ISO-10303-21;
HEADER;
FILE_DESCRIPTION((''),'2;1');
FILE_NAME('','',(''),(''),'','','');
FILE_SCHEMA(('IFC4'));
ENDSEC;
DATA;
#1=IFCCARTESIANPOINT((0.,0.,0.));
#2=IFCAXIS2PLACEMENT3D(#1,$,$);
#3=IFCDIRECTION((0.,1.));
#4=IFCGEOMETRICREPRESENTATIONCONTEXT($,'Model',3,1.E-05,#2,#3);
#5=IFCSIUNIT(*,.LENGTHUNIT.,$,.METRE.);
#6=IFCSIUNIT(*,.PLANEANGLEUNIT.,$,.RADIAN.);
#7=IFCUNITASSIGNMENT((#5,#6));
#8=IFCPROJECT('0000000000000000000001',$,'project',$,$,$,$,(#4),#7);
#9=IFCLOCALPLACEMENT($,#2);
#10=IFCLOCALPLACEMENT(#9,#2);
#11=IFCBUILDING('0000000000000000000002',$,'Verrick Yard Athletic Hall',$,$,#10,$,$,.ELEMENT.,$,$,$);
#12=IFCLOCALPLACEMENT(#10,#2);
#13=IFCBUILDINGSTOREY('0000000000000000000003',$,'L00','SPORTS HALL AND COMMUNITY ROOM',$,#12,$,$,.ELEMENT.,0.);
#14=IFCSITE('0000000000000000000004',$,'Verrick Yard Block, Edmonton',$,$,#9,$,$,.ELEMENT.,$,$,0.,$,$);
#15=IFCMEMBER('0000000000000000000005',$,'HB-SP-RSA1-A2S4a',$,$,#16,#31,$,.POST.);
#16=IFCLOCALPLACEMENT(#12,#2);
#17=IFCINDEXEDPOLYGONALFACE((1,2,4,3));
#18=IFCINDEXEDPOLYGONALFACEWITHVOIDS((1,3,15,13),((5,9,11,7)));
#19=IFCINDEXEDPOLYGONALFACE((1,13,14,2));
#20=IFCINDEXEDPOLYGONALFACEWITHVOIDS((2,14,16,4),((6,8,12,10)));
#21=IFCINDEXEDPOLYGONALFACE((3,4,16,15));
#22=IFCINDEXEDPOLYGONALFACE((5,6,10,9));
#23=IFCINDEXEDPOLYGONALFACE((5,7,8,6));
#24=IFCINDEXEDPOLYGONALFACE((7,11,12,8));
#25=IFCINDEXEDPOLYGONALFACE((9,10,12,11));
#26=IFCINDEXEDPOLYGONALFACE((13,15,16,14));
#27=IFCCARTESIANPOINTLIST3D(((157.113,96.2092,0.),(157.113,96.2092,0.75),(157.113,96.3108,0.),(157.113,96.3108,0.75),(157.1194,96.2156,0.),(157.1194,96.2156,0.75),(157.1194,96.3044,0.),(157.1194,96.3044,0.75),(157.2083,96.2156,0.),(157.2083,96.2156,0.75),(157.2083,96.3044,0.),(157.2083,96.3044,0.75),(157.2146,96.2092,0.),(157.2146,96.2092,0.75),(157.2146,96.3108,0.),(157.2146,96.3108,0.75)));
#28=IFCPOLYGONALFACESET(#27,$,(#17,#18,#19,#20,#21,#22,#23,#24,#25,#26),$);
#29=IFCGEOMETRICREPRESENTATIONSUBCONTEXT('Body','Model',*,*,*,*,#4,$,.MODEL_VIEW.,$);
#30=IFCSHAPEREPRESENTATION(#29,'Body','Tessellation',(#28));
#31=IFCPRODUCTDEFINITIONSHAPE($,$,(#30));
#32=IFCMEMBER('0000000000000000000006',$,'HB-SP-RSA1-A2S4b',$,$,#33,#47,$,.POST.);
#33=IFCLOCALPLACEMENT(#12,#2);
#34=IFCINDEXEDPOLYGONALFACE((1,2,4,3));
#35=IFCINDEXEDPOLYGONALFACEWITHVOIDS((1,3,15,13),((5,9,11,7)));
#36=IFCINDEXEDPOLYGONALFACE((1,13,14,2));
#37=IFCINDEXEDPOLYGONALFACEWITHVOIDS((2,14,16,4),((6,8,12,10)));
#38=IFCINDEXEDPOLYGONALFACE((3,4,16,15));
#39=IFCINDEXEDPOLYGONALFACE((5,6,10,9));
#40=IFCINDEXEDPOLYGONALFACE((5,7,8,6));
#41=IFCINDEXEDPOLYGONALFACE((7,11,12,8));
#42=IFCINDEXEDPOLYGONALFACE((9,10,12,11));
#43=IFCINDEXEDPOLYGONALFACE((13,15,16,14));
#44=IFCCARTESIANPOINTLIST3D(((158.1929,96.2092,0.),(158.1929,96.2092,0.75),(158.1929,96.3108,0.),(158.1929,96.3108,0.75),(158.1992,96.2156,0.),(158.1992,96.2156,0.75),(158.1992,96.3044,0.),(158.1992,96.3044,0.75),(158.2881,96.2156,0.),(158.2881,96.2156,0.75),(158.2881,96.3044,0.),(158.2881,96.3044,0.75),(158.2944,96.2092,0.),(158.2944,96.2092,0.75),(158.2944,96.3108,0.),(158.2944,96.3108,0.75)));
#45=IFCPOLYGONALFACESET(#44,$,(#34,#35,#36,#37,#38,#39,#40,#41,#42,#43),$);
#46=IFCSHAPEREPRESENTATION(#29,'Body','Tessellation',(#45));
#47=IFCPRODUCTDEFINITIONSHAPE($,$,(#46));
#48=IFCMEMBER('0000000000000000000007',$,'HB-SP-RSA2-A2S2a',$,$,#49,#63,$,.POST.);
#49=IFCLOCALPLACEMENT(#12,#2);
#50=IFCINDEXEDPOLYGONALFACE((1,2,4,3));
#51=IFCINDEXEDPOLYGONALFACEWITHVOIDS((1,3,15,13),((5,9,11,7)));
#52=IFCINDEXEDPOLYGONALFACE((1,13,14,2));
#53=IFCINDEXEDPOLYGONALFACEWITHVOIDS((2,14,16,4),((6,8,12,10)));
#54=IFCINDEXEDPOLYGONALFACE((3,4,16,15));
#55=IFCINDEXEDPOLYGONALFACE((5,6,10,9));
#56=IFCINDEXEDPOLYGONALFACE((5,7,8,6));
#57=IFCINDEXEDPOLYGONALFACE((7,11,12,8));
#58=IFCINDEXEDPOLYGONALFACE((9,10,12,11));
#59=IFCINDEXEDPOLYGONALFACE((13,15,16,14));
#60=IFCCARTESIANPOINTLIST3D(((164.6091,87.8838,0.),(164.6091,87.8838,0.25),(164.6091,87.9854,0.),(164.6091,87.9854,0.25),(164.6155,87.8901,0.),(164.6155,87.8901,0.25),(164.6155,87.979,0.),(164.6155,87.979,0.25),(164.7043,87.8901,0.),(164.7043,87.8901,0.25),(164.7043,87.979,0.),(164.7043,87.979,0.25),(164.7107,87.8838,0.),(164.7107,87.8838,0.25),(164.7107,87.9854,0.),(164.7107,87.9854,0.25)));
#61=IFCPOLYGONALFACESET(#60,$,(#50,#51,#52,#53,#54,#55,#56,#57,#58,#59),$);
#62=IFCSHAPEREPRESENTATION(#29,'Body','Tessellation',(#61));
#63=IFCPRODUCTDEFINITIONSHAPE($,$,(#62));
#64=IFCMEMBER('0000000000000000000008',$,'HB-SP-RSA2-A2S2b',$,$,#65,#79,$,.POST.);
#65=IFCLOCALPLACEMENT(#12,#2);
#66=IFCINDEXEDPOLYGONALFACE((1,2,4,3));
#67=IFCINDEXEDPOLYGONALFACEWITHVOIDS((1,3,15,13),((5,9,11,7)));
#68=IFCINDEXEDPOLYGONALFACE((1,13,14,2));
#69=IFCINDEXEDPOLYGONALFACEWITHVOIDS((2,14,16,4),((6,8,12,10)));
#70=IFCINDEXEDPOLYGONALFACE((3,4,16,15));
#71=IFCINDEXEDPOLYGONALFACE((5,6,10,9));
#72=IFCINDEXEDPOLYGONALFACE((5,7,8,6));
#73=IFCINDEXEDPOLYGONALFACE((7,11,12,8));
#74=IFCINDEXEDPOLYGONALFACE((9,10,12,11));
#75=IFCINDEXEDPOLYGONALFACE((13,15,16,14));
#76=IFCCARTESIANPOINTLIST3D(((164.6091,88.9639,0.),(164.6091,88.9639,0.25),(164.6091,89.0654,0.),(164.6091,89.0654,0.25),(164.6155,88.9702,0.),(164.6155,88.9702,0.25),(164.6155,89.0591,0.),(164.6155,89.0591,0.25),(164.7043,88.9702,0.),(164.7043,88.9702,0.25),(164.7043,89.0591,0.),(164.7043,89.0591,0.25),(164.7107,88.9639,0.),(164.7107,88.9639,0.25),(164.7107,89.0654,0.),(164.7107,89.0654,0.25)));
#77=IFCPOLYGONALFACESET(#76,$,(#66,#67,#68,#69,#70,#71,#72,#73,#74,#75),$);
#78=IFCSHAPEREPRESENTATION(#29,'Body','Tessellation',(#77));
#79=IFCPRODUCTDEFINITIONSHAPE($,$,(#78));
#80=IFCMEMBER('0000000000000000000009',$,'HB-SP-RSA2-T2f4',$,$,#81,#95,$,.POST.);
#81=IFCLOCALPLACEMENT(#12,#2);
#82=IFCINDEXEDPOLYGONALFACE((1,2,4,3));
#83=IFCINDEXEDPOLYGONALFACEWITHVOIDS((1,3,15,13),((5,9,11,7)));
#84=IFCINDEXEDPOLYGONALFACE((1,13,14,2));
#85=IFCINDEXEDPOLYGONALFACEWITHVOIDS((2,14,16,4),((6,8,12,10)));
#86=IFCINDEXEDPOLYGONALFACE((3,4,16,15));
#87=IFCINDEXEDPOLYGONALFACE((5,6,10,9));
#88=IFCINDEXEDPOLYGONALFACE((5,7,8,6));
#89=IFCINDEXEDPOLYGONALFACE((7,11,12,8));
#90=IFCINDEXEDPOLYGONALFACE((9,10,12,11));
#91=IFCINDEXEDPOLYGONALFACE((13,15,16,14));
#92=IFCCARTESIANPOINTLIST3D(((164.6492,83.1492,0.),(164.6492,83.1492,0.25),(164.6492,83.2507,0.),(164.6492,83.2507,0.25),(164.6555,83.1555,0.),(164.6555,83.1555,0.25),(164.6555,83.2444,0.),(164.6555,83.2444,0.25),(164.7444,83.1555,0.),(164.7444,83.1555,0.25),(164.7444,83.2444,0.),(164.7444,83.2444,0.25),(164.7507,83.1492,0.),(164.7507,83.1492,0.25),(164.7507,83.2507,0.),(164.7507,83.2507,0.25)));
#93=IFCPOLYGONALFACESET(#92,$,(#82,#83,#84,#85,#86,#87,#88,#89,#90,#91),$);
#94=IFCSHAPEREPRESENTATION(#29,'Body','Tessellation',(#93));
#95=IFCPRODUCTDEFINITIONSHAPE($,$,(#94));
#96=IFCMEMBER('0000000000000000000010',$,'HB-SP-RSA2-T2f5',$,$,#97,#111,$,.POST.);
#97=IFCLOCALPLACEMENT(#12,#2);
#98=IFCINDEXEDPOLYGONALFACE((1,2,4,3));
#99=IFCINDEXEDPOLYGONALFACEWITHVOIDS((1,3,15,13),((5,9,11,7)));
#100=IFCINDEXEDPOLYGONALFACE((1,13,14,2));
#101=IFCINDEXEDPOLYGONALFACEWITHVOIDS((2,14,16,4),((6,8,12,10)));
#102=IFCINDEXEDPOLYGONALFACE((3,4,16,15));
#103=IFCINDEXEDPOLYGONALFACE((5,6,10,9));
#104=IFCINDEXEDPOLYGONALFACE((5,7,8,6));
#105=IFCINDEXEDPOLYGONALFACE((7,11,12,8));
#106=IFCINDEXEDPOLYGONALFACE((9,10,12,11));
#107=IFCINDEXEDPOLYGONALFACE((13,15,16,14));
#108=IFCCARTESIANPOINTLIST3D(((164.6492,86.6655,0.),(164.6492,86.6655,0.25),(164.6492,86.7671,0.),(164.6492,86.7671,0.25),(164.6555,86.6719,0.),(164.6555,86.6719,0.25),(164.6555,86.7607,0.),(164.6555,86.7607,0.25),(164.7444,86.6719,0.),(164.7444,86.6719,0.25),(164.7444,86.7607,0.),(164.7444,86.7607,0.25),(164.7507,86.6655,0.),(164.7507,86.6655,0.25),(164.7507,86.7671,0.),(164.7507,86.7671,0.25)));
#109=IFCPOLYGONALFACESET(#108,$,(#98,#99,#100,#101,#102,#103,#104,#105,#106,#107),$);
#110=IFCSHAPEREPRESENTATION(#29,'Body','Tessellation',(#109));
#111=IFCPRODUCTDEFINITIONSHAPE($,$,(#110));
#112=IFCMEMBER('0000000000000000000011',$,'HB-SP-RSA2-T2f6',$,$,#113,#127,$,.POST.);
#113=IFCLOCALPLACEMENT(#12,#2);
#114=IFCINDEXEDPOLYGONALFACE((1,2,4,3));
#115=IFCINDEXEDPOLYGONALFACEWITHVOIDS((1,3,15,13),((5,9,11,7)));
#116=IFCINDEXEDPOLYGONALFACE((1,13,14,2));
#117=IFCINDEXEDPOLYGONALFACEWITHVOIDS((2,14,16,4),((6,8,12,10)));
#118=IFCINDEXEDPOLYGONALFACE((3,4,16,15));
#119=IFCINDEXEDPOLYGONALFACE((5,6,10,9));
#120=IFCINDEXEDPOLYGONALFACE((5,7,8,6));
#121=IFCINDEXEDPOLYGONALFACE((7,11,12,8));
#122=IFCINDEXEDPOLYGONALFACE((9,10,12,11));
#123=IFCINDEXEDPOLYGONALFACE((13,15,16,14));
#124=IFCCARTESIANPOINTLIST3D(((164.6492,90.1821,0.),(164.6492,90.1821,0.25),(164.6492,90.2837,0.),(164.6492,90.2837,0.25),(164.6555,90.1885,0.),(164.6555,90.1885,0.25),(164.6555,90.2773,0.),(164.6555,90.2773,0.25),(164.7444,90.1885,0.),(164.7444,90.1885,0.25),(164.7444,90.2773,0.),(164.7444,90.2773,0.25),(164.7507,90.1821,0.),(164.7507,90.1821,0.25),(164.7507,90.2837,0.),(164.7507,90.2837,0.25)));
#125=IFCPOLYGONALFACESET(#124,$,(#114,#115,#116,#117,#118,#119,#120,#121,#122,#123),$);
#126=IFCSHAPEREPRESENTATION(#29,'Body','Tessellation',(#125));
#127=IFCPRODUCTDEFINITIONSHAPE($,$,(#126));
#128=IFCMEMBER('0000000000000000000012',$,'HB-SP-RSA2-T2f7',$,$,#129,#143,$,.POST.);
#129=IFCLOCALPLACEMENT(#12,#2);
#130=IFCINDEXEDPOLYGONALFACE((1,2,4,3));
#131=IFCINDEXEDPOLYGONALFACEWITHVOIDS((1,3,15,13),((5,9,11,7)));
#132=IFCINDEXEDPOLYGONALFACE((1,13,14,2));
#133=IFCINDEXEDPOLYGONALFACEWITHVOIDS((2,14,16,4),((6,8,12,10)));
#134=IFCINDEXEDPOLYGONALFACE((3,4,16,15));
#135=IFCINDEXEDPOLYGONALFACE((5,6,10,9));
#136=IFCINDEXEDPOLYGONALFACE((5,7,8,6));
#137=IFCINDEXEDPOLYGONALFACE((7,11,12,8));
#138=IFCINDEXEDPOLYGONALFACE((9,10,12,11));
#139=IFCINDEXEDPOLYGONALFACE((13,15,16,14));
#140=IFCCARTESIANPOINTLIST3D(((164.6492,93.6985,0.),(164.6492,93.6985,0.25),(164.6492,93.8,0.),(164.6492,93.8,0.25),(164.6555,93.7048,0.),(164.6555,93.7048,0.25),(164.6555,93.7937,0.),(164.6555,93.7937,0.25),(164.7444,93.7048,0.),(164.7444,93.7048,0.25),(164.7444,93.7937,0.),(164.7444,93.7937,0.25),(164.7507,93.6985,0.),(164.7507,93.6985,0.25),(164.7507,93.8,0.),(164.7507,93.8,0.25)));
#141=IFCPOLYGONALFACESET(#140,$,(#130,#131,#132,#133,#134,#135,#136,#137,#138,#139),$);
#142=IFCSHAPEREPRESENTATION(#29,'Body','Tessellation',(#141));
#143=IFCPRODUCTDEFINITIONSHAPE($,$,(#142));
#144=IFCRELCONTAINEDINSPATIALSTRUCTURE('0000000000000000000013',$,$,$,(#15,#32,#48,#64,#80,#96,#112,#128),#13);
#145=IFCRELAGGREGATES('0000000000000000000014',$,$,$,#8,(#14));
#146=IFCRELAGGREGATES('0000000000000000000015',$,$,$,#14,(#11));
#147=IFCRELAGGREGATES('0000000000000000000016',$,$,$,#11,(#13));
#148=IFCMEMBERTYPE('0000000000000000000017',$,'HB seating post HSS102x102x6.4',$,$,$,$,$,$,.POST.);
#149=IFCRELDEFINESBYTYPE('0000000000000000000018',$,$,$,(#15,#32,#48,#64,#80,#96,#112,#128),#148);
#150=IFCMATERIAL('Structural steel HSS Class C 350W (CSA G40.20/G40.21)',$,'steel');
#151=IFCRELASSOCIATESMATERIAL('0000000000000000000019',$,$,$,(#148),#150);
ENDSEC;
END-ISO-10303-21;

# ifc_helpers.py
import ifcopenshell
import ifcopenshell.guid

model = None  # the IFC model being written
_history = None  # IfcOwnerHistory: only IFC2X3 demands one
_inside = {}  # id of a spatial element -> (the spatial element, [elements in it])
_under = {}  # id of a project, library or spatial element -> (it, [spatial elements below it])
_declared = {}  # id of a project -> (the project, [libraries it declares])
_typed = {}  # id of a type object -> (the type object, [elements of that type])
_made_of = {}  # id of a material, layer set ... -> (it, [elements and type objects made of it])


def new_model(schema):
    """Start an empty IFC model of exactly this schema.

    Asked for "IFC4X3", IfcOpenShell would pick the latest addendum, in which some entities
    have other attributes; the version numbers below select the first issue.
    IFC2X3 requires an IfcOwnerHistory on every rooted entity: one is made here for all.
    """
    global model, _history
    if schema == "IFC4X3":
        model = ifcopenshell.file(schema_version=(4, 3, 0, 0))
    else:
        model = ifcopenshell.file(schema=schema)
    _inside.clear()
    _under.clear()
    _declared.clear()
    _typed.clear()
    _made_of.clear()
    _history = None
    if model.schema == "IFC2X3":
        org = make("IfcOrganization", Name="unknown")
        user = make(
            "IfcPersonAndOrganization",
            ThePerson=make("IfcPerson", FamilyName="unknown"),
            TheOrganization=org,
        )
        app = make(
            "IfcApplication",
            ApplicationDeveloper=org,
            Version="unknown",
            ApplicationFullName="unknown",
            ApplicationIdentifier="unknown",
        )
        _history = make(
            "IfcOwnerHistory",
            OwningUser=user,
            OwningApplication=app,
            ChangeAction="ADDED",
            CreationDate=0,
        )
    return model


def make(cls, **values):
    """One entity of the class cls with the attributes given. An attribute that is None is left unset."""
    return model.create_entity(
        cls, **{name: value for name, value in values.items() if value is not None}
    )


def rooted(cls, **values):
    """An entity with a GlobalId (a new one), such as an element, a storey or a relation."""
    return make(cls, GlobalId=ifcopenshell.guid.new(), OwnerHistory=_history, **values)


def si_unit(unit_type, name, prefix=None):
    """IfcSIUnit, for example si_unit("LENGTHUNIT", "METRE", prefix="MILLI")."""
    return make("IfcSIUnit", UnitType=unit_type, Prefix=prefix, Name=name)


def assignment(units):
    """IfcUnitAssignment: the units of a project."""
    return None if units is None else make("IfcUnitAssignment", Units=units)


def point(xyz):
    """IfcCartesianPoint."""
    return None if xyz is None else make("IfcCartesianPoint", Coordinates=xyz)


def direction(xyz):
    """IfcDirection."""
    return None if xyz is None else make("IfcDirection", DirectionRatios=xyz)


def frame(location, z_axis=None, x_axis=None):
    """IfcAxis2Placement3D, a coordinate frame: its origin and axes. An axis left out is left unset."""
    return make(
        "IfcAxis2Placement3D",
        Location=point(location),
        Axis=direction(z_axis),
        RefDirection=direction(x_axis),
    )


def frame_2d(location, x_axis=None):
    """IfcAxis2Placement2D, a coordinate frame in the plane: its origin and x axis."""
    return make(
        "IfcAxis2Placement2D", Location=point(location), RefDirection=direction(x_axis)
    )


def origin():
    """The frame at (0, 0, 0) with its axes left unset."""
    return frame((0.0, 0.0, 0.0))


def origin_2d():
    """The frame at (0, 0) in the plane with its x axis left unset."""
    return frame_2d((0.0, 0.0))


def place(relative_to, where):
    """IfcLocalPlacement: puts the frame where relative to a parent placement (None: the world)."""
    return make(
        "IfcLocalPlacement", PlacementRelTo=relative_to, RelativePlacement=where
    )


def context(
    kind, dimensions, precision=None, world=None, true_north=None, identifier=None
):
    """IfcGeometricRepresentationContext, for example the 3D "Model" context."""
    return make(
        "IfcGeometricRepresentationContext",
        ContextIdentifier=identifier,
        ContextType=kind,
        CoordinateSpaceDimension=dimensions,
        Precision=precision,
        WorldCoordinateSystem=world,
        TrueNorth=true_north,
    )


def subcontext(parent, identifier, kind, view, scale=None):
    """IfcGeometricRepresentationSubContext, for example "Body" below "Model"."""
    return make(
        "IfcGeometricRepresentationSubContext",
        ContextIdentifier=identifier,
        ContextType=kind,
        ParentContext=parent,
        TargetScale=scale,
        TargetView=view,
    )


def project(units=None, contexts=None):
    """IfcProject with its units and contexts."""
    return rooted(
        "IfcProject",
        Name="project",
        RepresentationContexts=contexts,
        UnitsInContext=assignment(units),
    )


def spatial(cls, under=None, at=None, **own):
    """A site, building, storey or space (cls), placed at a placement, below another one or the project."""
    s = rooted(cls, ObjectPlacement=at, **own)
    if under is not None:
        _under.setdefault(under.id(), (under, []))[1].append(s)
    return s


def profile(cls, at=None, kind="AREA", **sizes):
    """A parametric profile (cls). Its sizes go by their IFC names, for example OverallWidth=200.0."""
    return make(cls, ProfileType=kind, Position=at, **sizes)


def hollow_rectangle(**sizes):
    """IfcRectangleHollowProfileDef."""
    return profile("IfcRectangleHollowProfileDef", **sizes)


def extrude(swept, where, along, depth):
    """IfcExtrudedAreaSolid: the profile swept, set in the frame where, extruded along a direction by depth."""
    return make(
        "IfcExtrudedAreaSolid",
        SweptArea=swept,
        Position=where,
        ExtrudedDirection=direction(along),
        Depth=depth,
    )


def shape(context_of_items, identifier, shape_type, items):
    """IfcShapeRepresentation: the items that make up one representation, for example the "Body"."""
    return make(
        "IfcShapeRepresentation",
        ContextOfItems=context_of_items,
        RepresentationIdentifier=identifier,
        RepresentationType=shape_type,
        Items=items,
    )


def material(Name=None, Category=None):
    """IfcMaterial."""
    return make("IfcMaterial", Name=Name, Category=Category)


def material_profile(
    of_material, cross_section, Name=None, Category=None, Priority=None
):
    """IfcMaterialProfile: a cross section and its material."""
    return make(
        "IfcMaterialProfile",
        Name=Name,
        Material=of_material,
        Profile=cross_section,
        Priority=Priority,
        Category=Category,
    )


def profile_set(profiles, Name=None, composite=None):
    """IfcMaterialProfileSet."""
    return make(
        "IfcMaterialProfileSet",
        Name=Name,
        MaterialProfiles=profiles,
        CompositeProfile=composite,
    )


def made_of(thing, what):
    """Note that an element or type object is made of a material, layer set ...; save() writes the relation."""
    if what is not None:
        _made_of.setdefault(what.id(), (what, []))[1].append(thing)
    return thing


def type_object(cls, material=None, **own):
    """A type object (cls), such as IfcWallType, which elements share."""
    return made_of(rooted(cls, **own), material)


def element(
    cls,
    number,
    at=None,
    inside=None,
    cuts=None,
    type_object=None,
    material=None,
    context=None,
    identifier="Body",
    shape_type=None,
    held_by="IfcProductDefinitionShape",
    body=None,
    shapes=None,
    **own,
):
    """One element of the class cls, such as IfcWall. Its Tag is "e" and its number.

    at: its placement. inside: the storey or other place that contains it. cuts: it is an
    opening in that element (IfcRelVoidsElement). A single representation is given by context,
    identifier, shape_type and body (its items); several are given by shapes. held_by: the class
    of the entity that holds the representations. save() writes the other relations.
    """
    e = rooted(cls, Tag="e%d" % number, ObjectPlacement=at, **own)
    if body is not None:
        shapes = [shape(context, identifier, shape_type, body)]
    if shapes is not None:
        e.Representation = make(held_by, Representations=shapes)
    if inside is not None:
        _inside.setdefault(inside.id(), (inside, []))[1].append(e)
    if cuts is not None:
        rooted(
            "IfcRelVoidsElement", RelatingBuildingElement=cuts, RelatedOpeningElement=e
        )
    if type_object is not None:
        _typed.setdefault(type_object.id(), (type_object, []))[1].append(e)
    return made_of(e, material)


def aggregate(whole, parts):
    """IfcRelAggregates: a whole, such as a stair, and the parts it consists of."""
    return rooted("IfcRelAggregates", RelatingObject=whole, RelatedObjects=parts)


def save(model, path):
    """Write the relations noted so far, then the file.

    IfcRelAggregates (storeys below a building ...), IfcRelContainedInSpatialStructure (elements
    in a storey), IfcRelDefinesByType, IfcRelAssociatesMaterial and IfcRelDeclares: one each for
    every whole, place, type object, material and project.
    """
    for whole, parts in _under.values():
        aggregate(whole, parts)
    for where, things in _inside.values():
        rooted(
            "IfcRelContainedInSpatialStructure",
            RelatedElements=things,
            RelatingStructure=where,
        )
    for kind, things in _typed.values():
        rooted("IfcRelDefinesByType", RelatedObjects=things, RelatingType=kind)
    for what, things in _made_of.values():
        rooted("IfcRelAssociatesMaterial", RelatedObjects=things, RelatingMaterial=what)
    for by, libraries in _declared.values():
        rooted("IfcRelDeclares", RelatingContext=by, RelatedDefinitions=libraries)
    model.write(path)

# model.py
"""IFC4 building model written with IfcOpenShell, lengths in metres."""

from ifc_helpers import new_model, si_unit, direction, frame, origin, origin_2d, place, context, subcontext, project, spatial, hollow_rectangle, extrude, material, material_profile, profile_set, type_object, element, save


model = new_model("IFC4")

# Units and contexts
model_context = context("Model", 3, precision=1e-05, world=origin(), true_north=direction((0.0, 1.0)))
body_context = subcontext(model_context, "Body", "Model", "MODEL_VIEW")
ifc_project = project(units=[si_unit("LENGTHUNIT", "METRE"), si_unit("PLANEANGLEUNIT", "RADIAN")], contexts=[model_context])

# Site, building, storey
site_placement = place(None, origin())
site = spatial("IfcSite", under=ifc_project, at=site_placement, Name="Verrick Yard Block, Edmonton", CompositionType="ELEMENT", RefElevation=0.0)
building_placement = place(site_placement, origin())
building = spatial("IfcBuilding", under=site, at=building_placement, Name="Verrick Yard Athletic Hall", CompositionType="ELEMENT")
storey_placement = place(building_placement, origin())
storey = spatial("IfcBuildingStorey", under=building, at=storey_placement, Name="L00", Description="SPORTS HALL AND COMMUNITY ROOM", CompositionType="ELEMENT", Elevation=0.0)

# Members
ifc_material_1 = material(Name="Structural steel HSS Class C 350W (CSA G40.20/G40.21)", Category="steel")
ifc_material_profile = material_profile(ifc_material_1, hollow_rectangle(XDim=0.1016, YDim=0.1016, WallThickness=0.0063, at=origin_2d()), Name="HSS102x102x6.4")
ifc_profile_set = profile_set([ifc_material_profile], Name="Structural steel HSS Class C 350W (CSA G40.20/G40.21)")
member_type = type_object("IfcMemberType", Name="HB seating post HSS102x102x6.4", PredefinedType="POST", material=ifc_profile_set)
for number, where, z_axis, x_axis, name in (
    (1, (157.1638, 96.26, 0.0), (0.0, 0.0, 1.0), (0.0, 1.0, 0.0), "HB-SP-RSA1-A2S4a"),
    (2, (158.2437, 96.26, 0.0), (0.0, 0.0, 1.0), (0.0, 1.0, 0.0), "HB-SP-RSA1-A2S4b"),
):
    element("IfcMember", number, at=place(storey_placement, frame(where, z_axis=z_axis, x_axis=x_axis)), inside=storey, type_object=member_type, Name=name, PredefinedType="POST", context=body_context, shape_type="SweptSolid", body=[
        extrude(hollow_rectangle(XDim=0.1016, YDim=0.1016, WallThickness=0.0063, at=origin_2d()), origin(), (0.0, 0.0, 1.0), 0.75),
    ])
for number, where, z_axis, x_axis, name in (
    (3, (164.6599, 87.9346, 0.0), (0.0, 0.0, 1.0), (0.0, 1.0, 0.0), "HB-SP-RSA2-A2S2a"),
    (4, (164.6599, 89.0146, 0.0), (0.0, 0.0, 1.0), (0.0, 1.0, 0.0), "HB-SP-RSA2-A2S2b"),
    (5, (164.7, 83.2, 0.0), (0.0, 0.0, 1.0), (0.0, 1.0, 0.0), "HB-SP-RSA2-T2f4"),
    (6, (164.7, 86.7163, 0.0), (0.0, 0.0, 1.0), (0.0, 1.0, 0.0), "HB-SP-RSA2-T2f5"),
    (7, (164.7, 90.2329, 0.0), (0.0, 0.0, 1.0), (0.0, 1.0, 0.0), "HB-SP-RSA2-T2f6"),
    (8, (164.7, 93.7493, 0.0), (0.0, 0.0, 1.0), (0.0, 1.0, 0.0), "HB-SP-RSA2-T2f7"),
):
    element("IfcMember", number, at=place(storey_placement, frame(where, z_axis=z_axis, x_axis=x_axis)), inside=storey, type_object=member_type, Name=name, PredefinedType="POST", context=body_context, shape_type="SweptSolid", body=[
        extrude(hollow_rectangle(XDim=0.1016, YDim=0.1016, WallThickness=0.0063, at=origin_2d()), origin(), (0.0, 0.0, 1.0), 0.25),
    ])

save(model, "model.ifc")
